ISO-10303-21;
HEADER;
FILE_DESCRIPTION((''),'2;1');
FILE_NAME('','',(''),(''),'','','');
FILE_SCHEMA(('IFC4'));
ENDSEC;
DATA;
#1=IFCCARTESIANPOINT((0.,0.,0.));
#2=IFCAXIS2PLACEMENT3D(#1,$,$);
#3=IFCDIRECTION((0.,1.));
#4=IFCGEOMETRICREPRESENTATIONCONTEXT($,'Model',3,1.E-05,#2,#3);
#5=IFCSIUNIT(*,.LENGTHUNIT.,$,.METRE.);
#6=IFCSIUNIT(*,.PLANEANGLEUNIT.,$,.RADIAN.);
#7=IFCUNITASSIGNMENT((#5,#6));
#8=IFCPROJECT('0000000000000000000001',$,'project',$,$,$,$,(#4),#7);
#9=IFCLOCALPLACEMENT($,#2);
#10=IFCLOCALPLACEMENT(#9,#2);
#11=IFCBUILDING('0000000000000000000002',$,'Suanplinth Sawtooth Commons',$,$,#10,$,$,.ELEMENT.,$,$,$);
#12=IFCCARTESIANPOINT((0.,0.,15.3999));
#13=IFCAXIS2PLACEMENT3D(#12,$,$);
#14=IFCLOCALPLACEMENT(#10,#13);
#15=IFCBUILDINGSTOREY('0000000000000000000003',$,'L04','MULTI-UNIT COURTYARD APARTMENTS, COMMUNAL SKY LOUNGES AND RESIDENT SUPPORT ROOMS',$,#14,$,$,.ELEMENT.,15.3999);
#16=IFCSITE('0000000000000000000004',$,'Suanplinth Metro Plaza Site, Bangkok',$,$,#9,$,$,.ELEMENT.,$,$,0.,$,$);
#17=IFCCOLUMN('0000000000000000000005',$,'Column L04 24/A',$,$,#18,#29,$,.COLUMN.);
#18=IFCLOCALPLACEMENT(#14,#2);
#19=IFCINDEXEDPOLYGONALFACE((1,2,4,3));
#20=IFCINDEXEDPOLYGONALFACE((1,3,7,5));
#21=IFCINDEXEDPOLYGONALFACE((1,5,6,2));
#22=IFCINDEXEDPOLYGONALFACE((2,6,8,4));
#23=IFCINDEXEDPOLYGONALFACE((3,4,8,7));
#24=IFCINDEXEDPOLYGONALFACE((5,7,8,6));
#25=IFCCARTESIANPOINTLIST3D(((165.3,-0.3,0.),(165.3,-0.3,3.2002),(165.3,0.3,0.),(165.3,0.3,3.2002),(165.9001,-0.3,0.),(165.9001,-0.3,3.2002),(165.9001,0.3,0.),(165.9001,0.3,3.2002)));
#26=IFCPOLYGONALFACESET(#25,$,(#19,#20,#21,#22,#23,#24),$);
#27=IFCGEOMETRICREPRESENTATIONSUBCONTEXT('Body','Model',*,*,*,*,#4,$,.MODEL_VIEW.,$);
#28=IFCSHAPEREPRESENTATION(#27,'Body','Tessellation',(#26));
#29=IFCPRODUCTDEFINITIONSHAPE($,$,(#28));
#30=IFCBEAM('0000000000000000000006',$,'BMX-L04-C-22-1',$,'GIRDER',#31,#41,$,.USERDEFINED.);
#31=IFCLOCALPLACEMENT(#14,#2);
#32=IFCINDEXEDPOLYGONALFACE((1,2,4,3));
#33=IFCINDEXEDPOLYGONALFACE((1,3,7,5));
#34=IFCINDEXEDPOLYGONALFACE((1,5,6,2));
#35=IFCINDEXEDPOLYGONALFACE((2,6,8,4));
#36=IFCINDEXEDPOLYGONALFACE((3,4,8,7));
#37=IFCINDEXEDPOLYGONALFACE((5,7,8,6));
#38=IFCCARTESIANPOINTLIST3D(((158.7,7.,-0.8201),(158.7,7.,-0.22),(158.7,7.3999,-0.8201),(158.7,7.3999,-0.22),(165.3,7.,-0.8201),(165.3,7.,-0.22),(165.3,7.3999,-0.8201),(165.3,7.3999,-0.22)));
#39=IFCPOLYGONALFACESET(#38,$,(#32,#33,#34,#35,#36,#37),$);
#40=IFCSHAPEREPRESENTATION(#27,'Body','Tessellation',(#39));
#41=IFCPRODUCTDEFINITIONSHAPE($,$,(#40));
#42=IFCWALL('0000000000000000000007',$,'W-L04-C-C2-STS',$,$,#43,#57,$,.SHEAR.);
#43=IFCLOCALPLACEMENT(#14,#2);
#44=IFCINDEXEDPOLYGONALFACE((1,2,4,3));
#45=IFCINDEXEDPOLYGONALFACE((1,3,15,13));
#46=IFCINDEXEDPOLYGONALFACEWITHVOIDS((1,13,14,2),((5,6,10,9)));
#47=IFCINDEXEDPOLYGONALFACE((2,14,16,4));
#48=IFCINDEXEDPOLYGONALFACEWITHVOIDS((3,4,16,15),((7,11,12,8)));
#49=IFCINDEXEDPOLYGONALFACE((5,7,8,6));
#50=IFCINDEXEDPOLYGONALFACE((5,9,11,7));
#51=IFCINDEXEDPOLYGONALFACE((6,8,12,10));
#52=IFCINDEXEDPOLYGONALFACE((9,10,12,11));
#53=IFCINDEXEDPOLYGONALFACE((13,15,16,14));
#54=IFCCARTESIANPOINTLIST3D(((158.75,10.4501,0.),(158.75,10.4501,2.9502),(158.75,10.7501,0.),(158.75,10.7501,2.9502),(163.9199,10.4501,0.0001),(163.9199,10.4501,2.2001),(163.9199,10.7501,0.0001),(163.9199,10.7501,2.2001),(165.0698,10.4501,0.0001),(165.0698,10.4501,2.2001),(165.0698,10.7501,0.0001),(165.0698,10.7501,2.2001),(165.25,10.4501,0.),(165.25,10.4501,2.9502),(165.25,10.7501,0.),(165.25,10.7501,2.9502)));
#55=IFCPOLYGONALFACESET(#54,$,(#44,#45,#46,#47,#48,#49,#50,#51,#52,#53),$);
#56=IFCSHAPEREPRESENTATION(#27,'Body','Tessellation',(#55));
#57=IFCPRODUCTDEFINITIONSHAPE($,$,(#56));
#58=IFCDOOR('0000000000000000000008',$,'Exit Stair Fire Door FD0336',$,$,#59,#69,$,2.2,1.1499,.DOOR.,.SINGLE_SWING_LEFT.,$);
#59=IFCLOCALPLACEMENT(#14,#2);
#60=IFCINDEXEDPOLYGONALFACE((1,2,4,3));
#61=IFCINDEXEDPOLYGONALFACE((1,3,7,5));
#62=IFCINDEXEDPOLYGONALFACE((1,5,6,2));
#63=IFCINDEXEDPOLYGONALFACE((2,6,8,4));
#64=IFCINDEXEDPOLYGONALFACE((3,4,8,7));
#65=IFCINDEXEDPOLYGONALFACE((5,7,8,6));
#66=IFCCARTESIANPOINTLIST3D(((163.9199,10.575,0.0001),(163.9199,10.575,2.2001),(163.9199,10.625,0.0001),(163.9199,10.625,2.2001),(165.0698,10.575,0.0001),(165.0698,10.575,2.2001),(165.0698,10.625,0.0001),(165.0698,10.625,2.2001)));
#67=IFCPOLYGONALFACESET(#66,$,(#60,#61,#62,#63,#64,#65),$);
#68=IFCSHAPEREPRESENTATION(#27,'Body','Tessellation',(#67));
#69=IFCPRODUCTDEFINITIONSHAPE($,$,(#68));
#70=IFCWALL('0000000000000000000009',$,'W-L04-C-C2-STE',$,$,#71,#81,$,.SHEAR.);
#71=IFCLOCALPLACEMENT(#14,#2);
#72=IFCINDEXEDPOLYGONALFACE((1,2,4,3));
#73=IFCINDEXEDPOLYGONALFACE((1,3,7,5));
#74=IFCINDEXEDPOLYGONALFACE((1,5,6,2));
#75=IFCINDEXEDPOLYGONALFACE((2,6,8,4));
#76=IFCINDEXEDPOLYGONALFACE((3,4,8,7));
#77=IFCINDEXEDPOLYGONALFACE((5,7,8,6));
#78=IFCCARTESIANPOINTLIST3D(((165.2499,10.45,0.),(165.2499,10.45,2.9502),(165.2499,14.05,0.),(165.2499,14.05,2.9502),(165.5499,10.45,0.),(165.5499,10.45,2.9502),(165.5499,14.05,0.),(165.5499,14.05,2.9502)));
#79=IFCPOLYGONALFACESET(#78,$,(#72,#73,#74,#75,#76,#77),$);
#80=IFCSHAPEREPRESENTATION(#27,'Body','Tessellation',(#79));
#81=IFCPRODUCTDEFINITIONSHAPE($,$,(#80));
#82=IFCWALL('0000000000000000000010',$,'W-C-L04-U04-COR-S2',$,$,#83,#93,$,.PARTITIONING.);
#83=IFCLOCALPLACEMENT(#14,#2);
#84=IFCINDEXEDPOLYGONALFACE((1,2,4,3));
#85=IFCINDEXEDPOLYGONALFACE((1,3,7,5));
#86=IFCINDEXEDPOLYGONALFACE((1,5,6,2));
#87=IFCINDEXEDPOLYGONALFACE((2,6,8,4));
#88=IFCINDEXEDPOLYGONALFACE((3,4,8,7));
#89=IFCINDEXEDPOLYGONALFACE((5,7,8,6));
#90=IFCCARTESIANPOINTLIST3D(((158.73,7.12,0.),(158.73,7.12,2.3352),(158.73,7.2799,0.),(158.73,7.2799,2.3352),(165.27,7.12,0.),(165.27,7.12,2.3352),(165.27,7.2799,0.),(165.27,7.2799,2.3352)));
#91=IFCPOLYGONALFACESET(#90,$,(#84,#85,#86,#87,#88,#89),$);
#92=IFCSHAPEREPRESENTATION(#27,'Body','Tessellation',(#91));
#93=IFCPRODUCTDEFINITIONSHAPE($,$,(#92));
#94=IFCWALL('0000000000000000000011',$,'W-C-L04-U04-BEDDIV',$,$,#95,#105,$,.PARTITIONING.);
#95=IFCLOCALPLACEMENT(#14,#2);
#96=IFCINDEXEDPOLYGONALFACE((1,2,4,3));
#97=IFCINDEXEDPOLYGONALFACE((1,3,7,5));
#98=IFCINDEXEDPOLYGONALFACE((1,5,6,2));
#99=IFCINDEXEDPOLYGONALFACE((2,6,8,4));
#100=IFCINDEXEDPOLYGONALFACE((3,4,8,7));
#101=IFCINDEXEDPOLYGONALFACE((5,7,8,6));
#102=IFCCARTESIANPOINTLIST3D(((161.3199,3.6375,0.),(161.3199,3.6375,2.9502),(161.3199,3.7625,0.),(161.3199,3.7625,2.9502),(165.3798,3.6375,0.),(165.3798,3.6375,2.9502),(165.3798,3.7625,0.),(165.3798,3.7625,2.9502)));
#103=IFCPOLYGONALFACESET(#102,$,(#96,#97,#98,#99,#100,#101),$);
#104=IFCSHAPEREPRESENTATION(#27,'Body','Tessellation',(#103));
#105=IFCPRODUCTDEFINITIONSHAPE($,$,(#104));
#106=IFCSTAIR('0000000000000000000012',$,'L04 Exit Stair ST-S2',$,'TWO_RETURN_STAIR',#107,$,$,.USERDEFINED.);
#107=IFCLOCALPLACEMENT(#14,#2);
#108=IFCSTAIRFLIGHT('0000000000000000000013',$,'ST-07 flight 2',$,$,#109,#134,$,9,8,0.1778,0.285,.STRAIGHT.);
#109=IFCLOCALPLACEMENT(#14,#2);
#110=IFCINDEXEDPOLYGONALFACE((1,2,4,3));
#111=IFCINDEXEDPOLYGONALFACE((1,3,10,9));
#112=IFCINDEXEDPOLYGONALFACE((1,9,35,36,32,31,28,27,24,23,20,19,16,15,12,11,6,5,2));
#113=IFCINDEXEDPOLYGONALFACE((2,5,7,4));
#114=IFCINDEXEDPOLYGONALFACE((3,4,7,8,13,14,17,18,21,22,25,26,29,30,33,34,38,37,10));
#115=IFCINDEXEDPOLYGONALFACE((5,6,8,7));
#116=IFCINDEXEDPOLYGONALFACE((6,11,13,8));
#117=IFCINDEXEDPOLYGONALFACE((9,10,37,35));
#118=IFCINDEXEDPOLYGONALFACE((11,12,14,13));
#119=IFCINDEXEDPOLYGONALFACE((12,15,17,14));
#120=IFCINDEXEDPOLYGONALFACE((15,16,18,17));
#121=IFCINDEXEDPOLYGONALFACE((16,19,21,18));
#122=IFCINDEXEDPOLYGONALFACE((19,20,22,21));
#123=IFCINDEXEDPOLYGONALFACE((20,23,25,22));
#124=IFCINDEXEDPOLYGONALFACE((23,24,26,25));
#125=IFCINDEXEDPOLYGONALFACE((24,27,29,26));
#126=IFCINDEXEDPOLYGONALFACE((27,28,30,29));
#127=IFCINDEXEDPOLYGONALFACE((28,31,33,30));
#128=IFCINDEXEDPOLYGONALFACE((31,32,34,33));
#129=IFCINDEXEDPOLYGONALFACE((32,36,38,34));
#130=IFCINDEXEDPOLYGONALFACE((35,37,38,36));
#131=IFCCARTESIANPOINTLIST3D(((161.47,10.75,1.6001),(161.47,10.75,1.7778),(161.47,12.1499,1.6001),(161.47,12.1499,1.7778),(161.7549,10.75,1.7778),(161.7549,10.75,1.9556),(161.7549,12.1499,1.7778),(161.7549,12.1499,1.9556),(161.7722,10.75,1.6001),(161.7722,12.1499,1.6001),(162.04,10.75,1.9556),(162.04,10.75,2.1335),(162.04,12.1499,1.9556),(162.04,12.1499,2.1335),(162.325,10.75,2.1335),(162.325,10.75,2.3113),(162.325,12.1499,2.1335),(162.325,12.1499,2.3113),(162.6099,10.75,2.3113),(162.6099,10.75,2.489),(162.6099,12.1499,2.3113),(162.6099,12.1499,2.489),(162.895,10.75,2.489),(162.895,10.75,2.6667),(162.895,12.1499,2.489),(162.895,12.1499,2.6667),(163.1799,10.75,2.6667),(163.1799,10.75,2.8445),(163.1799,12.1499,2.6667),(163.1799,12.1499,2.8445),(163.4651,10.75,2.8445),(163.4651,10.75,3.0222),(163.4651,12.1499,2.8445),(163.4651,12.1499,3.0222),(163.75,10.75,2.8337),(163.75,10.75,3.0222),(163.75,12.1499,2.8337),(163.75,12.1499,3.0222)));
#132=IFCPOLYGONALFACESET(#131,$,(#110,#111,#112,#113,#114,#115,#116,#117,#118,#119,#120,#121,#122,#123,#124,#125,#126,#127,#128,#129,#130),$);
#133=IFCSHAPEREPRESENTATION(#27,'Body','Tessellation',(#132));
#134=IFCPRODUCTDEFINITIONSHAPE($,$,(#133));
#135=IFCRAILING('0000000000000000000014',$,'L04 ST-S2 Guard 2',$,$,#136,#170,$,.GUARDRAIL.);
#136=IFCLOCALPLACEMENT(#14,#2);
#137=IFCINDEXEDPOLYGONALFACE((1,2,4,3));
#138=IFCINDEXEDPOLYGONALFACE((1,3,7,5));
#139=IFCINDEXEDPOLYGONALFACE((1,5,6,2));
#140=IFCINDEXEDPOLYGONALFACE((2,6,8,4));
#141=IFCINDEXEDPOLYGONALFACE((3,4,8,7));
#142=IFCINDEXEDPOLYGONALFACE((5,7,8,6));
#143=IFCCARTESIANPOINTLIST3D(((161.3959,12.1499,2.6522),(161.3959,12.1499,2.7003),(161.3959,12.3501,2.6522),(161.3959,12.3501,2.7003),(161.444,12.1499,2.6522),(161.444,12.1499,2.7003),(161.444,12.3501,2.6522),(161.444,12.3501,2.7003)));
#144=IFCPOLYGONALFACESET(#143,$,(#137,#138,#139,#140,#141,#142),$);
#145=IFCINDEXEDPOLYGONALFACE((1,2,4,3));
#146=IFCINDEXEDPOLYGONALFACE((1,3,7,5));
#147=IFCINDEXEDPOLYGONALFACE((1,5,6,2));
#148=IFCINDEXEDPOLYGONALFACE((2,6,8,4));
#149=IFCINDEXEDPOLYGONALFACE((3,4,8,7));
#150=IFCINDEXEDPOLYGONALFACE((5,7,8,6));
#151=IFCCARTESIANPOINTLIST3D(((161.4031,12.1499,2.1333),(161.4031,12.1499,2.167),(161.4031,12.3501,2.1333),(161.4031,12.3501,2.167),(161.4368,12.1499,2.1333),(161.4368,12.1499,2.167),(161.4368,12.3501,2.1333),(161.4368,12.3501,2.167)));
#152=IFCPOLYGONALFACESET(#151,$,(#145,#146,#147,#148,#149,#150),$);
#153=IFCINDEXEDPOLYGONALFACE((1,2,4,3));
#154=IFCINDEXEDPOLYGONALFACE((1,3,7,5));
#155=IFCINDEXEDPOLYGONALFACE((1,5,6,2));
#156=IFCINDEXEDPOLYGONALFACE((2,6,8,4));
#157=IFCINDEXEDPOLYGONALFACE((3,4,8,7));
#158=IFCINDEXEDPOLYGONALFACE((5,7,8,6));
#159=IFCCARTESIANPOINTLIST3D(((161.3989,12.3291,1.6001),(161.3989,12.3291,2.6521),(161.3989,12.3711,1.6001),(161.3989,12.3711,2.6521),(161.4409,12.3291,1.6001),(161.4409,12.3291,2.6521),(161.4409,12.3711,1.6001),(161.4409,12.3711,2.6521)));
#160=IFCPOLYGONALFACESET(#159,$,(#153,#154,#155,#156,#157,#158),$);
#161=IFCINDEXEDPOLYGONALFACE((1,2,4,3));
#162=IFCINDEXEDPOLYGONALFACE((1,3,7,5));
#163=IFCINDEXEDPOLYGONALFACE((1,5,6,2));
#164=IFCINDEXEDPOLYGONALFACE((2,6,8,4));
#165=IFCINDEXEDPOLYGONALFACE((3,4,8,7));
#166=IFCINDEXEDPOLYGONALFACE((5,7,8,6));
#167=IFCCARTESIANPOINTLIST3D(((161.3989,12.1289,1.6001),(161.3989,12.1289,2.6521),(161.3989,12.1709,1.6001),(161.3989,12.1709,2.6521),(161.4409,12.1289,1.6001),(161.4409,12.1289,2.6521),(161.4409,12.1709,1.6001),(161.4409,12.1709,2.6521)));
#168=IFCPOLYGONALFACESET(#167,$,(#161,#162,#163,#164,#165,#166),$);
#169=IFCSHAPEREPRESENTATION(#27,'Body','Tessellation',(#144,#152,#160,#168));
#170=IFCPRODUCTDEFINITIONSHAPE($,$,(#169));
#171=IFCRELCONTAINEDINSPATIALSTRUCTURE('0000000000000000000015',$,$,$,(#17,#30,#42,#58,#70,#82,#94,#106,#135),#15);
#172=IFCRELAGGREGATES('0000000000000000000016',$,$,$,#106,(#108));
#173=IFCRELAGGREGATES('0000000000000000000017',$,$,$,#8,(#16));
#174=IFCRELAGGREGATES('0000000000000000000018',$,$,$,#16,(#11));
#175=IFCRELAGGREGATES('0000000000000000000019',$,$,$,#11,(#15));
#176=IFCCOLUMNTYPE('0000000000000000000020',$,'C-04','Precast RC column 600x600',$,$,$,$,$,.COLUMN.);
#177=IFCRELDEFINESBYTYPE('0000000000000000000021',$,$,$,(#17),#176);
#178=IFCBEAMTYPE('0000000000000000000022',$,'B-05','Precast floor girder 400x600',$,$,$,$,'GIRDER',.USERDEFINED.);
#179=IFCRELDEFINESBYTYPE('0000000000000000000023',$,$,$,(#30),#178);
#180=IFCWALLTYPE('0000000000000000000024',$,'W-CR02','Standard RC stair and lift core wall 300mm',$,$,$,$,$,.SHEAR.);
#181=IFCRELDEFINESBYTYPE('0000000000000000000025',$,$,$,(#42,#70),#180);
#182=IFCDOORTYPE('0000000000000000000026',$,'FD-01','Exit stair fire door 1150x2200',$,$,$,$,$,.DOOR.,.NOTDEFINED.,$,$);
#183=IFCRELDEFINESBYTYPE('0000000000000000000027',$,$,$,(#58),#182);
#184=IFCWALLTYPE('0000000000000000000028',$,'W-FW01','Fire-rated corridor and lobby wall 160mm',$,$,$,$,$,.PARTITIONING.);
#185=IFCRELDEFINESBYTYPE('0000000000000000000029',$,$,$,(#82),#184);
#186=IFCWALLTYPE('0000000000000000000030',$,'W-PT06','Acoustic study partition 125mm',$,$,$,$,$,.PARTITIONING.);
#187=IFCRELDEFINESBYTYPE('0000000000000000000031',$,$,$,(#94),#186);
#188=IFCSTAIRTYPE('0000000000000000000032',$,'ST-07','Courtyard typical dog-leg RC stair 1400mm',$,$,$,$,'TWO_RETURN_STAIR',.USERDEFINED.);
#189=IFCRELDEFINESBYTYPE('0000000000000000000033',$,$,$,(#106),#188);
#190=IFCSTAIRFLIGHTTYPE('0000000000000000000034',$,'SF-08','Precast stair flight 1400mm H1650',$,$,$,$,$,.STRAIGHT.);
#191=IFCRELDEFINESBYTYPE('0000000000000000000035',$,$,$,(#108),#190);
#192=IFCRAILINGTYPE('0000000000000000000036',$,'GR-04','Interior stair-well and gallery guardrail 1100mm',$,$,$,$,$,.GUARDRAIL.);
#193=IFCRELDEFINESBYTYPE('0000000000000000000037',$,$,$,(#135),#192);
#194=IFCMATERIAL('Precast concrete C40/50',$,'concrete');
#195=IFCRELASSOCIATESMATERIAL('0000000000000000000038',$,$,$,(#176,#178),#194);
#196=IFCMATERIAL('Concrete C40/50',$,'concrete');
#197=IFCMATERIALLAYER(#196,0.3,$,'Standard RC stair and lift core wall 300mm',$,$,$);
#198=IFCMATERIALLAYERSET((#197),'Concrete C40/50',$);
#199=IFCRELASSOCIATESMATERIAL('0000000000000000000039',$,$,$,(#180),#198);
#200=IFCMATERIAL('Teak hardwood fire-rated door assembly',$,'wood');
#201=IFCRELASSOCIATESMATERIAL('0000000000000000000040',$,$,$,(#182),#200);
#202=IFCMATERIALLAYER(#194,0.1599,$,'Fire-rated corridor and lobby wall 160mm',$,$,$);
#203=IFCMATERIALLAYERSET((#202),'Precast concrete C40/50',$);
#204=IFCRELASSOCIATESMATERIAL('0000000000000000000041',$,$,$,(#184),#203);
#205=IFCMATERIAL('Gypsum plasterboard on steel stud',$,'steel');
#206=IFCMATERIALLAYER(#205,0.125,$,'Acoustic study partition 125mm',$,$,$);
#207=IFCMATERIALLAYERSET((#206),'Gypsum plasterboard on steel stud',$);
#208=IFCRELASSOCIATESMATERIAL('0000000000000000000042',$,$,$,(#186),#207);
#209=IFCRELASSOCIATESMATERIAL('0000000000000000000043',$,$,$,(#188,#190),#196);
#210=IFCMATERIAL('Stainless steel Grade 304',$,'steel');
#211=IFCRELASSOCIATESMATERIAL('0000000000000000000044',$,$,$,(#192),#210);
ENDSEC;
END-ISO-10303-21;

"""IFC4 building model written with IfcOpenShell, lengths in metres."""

from ifc_helpers import new_model, si_unit, direction, frame, frame_2d, origin, origin_2d, place, context, subcontext, project, spatial, polyline, rectangle, outline, extrude, material, layer, layer_set, material_profile, profile_set, type_object, element, fill, aggregate, save


model = new_model("IFC4")

# Units and contexts
model_context = context("Model", 3, precision=1e-05, world=origin(), true_north=direction((0.0, 1.0)))
body_context = subcontext(model_context, "Body", "Model", "MODEL_VIEW")
ifc_project = project(units=[si_unit("LENGTHUNIT", "METRE"), si_unit("PLANEANGLEUNIT", "RADIAN")], contexts=[model_context])

# Site, building, storey
site_placement = place(None, origin())
site = spatial("IfcSite", under=ifc_project, at=site_placement, Name="Suanplinth Metro Plaza Site, Bangkok", CompositionType="ELEMENT", RefElevation=0.0)
building_placement = place(site_placement, origin())
building = spatial("IfcBuilding", under=site, at=building_placement, Name="Suanplinth Sawtooth Commons", CompositionType="ELEMENT")
storey_placement = place(building_placement, frame((0.0, 0.0, 15.3999)))
storey = spatial("IfcBuildingStorey", under=building, at=storey_placement, Name="L04", Description="MULTI-UNIT COURTYARD APARTMENTS, COMMUNAL SKY LOUNGES AND RESIDENT SUPPORT ROOMS", CompositionType="ELEMENT", Elevation=15.3999)

# Column
ifc_material_1 = material(Name="Precast concrete C40/50", Category="concrete")
ifc_material_profile_1 = material_profile(ifc_material_1, rectangle(XDim=0.6001, YDim=0.6001, at=origin_2d()), Name="PC-COL 600x600")
ifc_profile_set_1 = profile_set([ifc_material_profile_1], Name="Precast concrete C40/50")
column_type = type_object("IfcColumnType", Name="C-04", Description="Precast RC column 600x600", PredefinedType="COLUMN", material=ifc_profile_set_1)
column_placement = place(storey_placement, frame((165.6001, 0.0, 0.0), z_axis=(0.0, 0.0, 1.0), x_axis=(1.0, 0.0, 0.0)))
element("IfcColumn", 1, at=column_placement, inside=storey, type_object=column_type, Name="Column L04 24/A", PredefinedType="COLUMN", context=body_context, shape_type="SweptSolid", body=[
    extrude(rectangle(XDim=0.6001, YDim=0.6001, at=origin_2d()), origin(), (0.0, 0.0, 1.0), 3.2002),
])

# Beam
ifc_material_profile_2 = material_profile(ifc_material_1, rectangle(XDim=0.3999, YDim=0.6001, at=origin_2d()), Name="PC-GDR 400x600")
ifc_profile_set_2 = profile_set([ifc_material_profile_2], Name="Precast concrete C40/50")
beam_type = type_object("IfcBeamType", Name="B-05", Description="Precast floor girder 400x600", ElementType="GIRDER", PredefinedType="USERDEFINED", material=ifc_profile_set_2)
beam_placement = place(storey_placement, frame((158.7, 7.2, -0.52), z_axis=(1.0, 0.0, 0.0), x_axis=(0.0, 1.0, 0.0)))
element("IfcBeam", 2, at=beam_placement, inside=storey, type_object=beam_type, Name="BMX-L04-C-22-1", ObjectType="GIRDER", PredefinedType="USERDEFINED", context=body_context, shape_type="SweptSolid", body=[
    extrude(rectangle(XDim=0.3999, YDim=0.6001, at=origin_2d()), origin(), (0.0, 0.0, 1.0), 6.6001),
])

# Wall, opening, door
ifc_material_2 = material(Name="Concrete C40/50", Category="concrete")
ifc_layer_1 = layer(ifc_material_2, 0.3, Name="Standard RC stair and lift core wall 300mm")
ifc_layer_set_1 = layer_set([ifc_layer_1], Name="Concrete C40/50")
wall_type_1 = type_object("IfcWallType", Name="W-CR02", Description="Standard RC stair and lift core wall 300mm", PredefinedType="SHEAR", material=ifc_layer_set_1)
wall_1_placement = place(storey_placement, frame((158.75, 10.6001, 0.0), z_axis=(0.0, 0.0, 1.0), x_axis=(1.0, 0.0, 0.0)))
wall_1 = element("IfcWall", 3, at=wall_1_placement, inside=storey, type_object=wall_type_1, Name="W-L04-C-C2-STS", PredefinedType="SHEAR", context=body_context, shape_type="SweptSolid", body=[
    extrude(rectangle(XDim=6.5, YDim=0.3, at=frame_2d((3.25, 0.0))), origin(), (0.0, 0.0, 1.0), 2.9502),
])
opening_1_placement = place(wall_1_placement, frame((5.1699, 0.0, 0.0)))
opening_1 = element("IfcOpeningElement", 4, at=opening_1_placement, cuts=wall_1, PredefinedType="OPENING", context=body_context, shape_type="SweptSolid", body=[
    extrude(rectangle(XDim=1.1499, YDim=2.2, at=frame_2d((0.575, 1.1001))), frame((0.0, 0.165, 0.0), z_axis=(0.0, -1.0, 0.0), x_axis=(1.0, 0.0, 0.0)), (0.0, 0.0, 1.0), 0.3298),
])
ifc_material_3 = material(Name="Teak hardwood fire-rated door assembly", Category="wood")
door_type_1 = type_object("IfcDoorType", Name="FD-01", Description="Exit stair fire door 1150x2200", OperationType="NOTDEFINED", PredefinedType="DOOR", material=ifc_material_3)
door_1_placement = place(opening_1_placement, origin())
door_1 = element("IfcDoor", 5, at=door_1_placement, inside=storey, type_object=door_type_1, Name="Exit Stair Fire Door FD0336", OperationType="SINGLE_SWING_LEFT", OverallHeight=2.2, OverallWidth=1.1499, PredefinedType="DOOR", context=body_context, shape_type="SweptSolid", body=[
    extrude(rectangle(XDim=1.1499, YDim=2.2, at=frame_2d((0.575, 1.1001))), frame((0.0, 0.0249, 0.0), z_axis=(0.0, -1.0, 0.0), x_axis=(1.0, 0.0, 0.0)), (0.0, 0.0, 1.0), 0.05),
])
fill(opening_1, door_1)

# Wall
wall_2_placement = place(storey_placement, frame((165.3999, 10.45, 0.0), z_axis=(0.0, 0.0, 1.0), x_axis=(0.0, 1.0, 0.0)))
element("IfcWall", 6, at=wall_2_placement, inside=storey, type_object=wall_type_1, Name="W-L04-C-C2-STE", PredefinedType="SHEAR", context=body_context, shape_type="SweptSolid", body=[
    extrude(rectangle(XDim=3.6001, YDim=0.3, at=frame_2d((1.8, 0.0))), origin(), (0.0, 0.0, 1.0), 2.9502),
])

# Wall
ifc_layer_2 = layer(ifc_material_1, 0.1599, Name="Fire-rated corridor and lobby wall 160mm")
ifc_layer_set_2 = layer_set([ifc_layer_2], Name="Precast concrete C40/50")
wall_type_2 = type_object("IfcWallType", Name="W-FW01", Description="Fire-rated corridor and lobby wall 160mm", PredefinedType="PARTITIONING", material=ifc_layer_set_2)
wall_3_placement = place(storey_placement, frame((158.73, 7.2, 0.0), z_axis=(0.0, 0.0, 1.0), x_axis=(1.0, 0.0, 0.0)))
element("IfcWall", 7, at=wall_3_placement, inside=storey, type_object=wall_type_2, Name="W-C-L04-U04-COR-S2", PredefinedType="PARTITIONING", context=body_context, shape_type="SweptSolid", body=[
    extrude(rectangle(XDim=6.54, YDim=0.1599, at=frame_2d((3.27, 0.0))), origin(), (0.0, 0.0, 1.0), 2.3352),
])

# Shared definitions
ifc_material_4 = material(Name="Gypsum plasterboard on steel stud", Category="steel")

# Wall
ifc_layer_3 = layer(ifc_material_4, 0.125, Name="Acoustic study partition 125mm")
ifc_layer_set_3 = layer_set([ifc_layer_3], Name="Gypsum plasterboard on steel stud")
wall_type_3 = type_object("IfcWallType", Name="W-PT06", Description="Acoustic study partition 125mm", PredefinedType="PARTITIONING", material=ifc_layer_set_3)
wall_4_placement = place(storey_placement, frame((161.3201, 3.7, 0.0), z_axis=(0.0, 0.0, 1.0), x_axis=(1.0, 0.0, 0.0)))
element("IfcWall", 8, at=wall_4_placement, inside=storey, type_object=wall_type_3, Name="W-C-L04-U04-BEDDIV", PredefinedType="PARTITIONING", context=body_context, shape_type="SweptSolid", body=[
    extrude(rectangle(XDim=4.0598, YDim=0.125, at=frame_2d((2.0298, 0.0))), origin(), (0.0, 0.0, 1.0), 2.9502),
])

# Stair, stair flight
stair_type = type_object("IfcStairType", Name="ST-07", Description="Courtyard typical dog-leg RC stair 1400mm", ElementType="TWO_RETURN_STAIR", PredefinedType="USERDEFINED", material=ifc_material_2)
stair_placement = place(storey_placement, origin())
stair = element("IfcStair", 9, at=stair_placement, inside=storey, type_object=stair_type, Name="L04 Exit Stair ST-S2", ObjectType="TWO_RETURN_STAIR", PredefinedType="USERDEFINED")
stair_flight_type = type_object("IfcStairFlightType", Name="SF-08", Description="Precast stair flight 1400mm H1650", PredefinedType="STRAIGHT", material=ifc_material_2)
stair_flight_placement = place(storey_placement, frame((161.47, 11.45, 1.6001), z_axis=(0.0, 0.0, 1.0), x_axis=(1.0, 0.0, 0.0)))
stair_flight = element("IfcStairFlight", 10, at=stair_flight_placement, type_object=stair_flight_type, Name="ST-07 flight 2", NumberOfRisers=9, NumberOfTreads=8, PredefinedType="STRAIGHT", RiserHeight=0.1778, TreadLength=0.285, context=body_context, shape_type="SweptSolid", body=[
    extrude(outline(polyline([(0.0, 0.0), (0.0, 0.1777), (0.2849, 0.1777), (0.2849, 0.3555), (0.5701, 0.3555), (0.5701, 0.5334), (0.855, 0.5334), (0.855, 0.7112), (1.1399, 0.7112), (1.1399, 0.8889), (1.425, 0.8889), (1.425, 1.0667), (1.71, 1.0667), (1.71, 1.2444), (1.9951, 1.2444), (1.9951, 1.4221), (2.28, 1.4221), (2.28, 1.6001), (2.28, 1.2336), (0.3022, 0.0), (0.0, 0.0)])), frame((0.0, 0.7, 0.0), z_axis=(0.0, -1.0, 0.0), x_axis=(1.0, 0.0, 0.0)), (0.0, 0.0, 1.0), 1.3999),
])
aggregate(stair, [stair_flight])

# Railing
ifc_material_5 = material(Name="Stainless steel Grade 304", Category="steel")
railing_type_1 = type_object("IfcRailingType", Name="GR-04", Description="Interior stair-well and gallery guardrail 1100mm", PredefinedType="GUARDRAIL", material=ifc_material_5)
railing_1_placement = place(storey_placement, frame((161.4199, 12.3501, 1.6001)))
element("IfcRailing", 11, at=railing_1_placement, inside=storey, type_object=railing_type_1, Name="L04 ST-S2 Guard 2", PredefinedType="GUARDRAIL", context=body_context, shape_type="SweptSolid", body=[
    extrude(rectangle(XDim=0.0481, YDim=0.0481, at=origin_2d()), frame((0.0, 0.0, 1.0762), z_axis=(0.0, -1.0, 0.0), x_axis=(1.0, 0.0, 0.0)), (0.0, 0.0, 1.0), 0.2002),
    extrude(rectangle(XDim=0.0337, YDim=0.0337, at=origin_2d()), frame((0.0, 0.0, 0.55), z_axis=(0.0, -1.0, 0.0), x_axis=(1.0, 0.0, 0.0)), (0.0, 0.0, 1.0), 0.2002),
    extrude(rectangle(XDim=0.042, YDim=0.042, at=origin_2d()), origin(), (0.0, 0.0, 1.0), 1.052),
    extrude(rectangle(XDim=0.042, YDim=0.042, at=origin_2d()), frame((0.0, -0.2002, 0.0)), (0.0, 0.0, 1.0), 1.052),
])

save(model, "model.ifc")
